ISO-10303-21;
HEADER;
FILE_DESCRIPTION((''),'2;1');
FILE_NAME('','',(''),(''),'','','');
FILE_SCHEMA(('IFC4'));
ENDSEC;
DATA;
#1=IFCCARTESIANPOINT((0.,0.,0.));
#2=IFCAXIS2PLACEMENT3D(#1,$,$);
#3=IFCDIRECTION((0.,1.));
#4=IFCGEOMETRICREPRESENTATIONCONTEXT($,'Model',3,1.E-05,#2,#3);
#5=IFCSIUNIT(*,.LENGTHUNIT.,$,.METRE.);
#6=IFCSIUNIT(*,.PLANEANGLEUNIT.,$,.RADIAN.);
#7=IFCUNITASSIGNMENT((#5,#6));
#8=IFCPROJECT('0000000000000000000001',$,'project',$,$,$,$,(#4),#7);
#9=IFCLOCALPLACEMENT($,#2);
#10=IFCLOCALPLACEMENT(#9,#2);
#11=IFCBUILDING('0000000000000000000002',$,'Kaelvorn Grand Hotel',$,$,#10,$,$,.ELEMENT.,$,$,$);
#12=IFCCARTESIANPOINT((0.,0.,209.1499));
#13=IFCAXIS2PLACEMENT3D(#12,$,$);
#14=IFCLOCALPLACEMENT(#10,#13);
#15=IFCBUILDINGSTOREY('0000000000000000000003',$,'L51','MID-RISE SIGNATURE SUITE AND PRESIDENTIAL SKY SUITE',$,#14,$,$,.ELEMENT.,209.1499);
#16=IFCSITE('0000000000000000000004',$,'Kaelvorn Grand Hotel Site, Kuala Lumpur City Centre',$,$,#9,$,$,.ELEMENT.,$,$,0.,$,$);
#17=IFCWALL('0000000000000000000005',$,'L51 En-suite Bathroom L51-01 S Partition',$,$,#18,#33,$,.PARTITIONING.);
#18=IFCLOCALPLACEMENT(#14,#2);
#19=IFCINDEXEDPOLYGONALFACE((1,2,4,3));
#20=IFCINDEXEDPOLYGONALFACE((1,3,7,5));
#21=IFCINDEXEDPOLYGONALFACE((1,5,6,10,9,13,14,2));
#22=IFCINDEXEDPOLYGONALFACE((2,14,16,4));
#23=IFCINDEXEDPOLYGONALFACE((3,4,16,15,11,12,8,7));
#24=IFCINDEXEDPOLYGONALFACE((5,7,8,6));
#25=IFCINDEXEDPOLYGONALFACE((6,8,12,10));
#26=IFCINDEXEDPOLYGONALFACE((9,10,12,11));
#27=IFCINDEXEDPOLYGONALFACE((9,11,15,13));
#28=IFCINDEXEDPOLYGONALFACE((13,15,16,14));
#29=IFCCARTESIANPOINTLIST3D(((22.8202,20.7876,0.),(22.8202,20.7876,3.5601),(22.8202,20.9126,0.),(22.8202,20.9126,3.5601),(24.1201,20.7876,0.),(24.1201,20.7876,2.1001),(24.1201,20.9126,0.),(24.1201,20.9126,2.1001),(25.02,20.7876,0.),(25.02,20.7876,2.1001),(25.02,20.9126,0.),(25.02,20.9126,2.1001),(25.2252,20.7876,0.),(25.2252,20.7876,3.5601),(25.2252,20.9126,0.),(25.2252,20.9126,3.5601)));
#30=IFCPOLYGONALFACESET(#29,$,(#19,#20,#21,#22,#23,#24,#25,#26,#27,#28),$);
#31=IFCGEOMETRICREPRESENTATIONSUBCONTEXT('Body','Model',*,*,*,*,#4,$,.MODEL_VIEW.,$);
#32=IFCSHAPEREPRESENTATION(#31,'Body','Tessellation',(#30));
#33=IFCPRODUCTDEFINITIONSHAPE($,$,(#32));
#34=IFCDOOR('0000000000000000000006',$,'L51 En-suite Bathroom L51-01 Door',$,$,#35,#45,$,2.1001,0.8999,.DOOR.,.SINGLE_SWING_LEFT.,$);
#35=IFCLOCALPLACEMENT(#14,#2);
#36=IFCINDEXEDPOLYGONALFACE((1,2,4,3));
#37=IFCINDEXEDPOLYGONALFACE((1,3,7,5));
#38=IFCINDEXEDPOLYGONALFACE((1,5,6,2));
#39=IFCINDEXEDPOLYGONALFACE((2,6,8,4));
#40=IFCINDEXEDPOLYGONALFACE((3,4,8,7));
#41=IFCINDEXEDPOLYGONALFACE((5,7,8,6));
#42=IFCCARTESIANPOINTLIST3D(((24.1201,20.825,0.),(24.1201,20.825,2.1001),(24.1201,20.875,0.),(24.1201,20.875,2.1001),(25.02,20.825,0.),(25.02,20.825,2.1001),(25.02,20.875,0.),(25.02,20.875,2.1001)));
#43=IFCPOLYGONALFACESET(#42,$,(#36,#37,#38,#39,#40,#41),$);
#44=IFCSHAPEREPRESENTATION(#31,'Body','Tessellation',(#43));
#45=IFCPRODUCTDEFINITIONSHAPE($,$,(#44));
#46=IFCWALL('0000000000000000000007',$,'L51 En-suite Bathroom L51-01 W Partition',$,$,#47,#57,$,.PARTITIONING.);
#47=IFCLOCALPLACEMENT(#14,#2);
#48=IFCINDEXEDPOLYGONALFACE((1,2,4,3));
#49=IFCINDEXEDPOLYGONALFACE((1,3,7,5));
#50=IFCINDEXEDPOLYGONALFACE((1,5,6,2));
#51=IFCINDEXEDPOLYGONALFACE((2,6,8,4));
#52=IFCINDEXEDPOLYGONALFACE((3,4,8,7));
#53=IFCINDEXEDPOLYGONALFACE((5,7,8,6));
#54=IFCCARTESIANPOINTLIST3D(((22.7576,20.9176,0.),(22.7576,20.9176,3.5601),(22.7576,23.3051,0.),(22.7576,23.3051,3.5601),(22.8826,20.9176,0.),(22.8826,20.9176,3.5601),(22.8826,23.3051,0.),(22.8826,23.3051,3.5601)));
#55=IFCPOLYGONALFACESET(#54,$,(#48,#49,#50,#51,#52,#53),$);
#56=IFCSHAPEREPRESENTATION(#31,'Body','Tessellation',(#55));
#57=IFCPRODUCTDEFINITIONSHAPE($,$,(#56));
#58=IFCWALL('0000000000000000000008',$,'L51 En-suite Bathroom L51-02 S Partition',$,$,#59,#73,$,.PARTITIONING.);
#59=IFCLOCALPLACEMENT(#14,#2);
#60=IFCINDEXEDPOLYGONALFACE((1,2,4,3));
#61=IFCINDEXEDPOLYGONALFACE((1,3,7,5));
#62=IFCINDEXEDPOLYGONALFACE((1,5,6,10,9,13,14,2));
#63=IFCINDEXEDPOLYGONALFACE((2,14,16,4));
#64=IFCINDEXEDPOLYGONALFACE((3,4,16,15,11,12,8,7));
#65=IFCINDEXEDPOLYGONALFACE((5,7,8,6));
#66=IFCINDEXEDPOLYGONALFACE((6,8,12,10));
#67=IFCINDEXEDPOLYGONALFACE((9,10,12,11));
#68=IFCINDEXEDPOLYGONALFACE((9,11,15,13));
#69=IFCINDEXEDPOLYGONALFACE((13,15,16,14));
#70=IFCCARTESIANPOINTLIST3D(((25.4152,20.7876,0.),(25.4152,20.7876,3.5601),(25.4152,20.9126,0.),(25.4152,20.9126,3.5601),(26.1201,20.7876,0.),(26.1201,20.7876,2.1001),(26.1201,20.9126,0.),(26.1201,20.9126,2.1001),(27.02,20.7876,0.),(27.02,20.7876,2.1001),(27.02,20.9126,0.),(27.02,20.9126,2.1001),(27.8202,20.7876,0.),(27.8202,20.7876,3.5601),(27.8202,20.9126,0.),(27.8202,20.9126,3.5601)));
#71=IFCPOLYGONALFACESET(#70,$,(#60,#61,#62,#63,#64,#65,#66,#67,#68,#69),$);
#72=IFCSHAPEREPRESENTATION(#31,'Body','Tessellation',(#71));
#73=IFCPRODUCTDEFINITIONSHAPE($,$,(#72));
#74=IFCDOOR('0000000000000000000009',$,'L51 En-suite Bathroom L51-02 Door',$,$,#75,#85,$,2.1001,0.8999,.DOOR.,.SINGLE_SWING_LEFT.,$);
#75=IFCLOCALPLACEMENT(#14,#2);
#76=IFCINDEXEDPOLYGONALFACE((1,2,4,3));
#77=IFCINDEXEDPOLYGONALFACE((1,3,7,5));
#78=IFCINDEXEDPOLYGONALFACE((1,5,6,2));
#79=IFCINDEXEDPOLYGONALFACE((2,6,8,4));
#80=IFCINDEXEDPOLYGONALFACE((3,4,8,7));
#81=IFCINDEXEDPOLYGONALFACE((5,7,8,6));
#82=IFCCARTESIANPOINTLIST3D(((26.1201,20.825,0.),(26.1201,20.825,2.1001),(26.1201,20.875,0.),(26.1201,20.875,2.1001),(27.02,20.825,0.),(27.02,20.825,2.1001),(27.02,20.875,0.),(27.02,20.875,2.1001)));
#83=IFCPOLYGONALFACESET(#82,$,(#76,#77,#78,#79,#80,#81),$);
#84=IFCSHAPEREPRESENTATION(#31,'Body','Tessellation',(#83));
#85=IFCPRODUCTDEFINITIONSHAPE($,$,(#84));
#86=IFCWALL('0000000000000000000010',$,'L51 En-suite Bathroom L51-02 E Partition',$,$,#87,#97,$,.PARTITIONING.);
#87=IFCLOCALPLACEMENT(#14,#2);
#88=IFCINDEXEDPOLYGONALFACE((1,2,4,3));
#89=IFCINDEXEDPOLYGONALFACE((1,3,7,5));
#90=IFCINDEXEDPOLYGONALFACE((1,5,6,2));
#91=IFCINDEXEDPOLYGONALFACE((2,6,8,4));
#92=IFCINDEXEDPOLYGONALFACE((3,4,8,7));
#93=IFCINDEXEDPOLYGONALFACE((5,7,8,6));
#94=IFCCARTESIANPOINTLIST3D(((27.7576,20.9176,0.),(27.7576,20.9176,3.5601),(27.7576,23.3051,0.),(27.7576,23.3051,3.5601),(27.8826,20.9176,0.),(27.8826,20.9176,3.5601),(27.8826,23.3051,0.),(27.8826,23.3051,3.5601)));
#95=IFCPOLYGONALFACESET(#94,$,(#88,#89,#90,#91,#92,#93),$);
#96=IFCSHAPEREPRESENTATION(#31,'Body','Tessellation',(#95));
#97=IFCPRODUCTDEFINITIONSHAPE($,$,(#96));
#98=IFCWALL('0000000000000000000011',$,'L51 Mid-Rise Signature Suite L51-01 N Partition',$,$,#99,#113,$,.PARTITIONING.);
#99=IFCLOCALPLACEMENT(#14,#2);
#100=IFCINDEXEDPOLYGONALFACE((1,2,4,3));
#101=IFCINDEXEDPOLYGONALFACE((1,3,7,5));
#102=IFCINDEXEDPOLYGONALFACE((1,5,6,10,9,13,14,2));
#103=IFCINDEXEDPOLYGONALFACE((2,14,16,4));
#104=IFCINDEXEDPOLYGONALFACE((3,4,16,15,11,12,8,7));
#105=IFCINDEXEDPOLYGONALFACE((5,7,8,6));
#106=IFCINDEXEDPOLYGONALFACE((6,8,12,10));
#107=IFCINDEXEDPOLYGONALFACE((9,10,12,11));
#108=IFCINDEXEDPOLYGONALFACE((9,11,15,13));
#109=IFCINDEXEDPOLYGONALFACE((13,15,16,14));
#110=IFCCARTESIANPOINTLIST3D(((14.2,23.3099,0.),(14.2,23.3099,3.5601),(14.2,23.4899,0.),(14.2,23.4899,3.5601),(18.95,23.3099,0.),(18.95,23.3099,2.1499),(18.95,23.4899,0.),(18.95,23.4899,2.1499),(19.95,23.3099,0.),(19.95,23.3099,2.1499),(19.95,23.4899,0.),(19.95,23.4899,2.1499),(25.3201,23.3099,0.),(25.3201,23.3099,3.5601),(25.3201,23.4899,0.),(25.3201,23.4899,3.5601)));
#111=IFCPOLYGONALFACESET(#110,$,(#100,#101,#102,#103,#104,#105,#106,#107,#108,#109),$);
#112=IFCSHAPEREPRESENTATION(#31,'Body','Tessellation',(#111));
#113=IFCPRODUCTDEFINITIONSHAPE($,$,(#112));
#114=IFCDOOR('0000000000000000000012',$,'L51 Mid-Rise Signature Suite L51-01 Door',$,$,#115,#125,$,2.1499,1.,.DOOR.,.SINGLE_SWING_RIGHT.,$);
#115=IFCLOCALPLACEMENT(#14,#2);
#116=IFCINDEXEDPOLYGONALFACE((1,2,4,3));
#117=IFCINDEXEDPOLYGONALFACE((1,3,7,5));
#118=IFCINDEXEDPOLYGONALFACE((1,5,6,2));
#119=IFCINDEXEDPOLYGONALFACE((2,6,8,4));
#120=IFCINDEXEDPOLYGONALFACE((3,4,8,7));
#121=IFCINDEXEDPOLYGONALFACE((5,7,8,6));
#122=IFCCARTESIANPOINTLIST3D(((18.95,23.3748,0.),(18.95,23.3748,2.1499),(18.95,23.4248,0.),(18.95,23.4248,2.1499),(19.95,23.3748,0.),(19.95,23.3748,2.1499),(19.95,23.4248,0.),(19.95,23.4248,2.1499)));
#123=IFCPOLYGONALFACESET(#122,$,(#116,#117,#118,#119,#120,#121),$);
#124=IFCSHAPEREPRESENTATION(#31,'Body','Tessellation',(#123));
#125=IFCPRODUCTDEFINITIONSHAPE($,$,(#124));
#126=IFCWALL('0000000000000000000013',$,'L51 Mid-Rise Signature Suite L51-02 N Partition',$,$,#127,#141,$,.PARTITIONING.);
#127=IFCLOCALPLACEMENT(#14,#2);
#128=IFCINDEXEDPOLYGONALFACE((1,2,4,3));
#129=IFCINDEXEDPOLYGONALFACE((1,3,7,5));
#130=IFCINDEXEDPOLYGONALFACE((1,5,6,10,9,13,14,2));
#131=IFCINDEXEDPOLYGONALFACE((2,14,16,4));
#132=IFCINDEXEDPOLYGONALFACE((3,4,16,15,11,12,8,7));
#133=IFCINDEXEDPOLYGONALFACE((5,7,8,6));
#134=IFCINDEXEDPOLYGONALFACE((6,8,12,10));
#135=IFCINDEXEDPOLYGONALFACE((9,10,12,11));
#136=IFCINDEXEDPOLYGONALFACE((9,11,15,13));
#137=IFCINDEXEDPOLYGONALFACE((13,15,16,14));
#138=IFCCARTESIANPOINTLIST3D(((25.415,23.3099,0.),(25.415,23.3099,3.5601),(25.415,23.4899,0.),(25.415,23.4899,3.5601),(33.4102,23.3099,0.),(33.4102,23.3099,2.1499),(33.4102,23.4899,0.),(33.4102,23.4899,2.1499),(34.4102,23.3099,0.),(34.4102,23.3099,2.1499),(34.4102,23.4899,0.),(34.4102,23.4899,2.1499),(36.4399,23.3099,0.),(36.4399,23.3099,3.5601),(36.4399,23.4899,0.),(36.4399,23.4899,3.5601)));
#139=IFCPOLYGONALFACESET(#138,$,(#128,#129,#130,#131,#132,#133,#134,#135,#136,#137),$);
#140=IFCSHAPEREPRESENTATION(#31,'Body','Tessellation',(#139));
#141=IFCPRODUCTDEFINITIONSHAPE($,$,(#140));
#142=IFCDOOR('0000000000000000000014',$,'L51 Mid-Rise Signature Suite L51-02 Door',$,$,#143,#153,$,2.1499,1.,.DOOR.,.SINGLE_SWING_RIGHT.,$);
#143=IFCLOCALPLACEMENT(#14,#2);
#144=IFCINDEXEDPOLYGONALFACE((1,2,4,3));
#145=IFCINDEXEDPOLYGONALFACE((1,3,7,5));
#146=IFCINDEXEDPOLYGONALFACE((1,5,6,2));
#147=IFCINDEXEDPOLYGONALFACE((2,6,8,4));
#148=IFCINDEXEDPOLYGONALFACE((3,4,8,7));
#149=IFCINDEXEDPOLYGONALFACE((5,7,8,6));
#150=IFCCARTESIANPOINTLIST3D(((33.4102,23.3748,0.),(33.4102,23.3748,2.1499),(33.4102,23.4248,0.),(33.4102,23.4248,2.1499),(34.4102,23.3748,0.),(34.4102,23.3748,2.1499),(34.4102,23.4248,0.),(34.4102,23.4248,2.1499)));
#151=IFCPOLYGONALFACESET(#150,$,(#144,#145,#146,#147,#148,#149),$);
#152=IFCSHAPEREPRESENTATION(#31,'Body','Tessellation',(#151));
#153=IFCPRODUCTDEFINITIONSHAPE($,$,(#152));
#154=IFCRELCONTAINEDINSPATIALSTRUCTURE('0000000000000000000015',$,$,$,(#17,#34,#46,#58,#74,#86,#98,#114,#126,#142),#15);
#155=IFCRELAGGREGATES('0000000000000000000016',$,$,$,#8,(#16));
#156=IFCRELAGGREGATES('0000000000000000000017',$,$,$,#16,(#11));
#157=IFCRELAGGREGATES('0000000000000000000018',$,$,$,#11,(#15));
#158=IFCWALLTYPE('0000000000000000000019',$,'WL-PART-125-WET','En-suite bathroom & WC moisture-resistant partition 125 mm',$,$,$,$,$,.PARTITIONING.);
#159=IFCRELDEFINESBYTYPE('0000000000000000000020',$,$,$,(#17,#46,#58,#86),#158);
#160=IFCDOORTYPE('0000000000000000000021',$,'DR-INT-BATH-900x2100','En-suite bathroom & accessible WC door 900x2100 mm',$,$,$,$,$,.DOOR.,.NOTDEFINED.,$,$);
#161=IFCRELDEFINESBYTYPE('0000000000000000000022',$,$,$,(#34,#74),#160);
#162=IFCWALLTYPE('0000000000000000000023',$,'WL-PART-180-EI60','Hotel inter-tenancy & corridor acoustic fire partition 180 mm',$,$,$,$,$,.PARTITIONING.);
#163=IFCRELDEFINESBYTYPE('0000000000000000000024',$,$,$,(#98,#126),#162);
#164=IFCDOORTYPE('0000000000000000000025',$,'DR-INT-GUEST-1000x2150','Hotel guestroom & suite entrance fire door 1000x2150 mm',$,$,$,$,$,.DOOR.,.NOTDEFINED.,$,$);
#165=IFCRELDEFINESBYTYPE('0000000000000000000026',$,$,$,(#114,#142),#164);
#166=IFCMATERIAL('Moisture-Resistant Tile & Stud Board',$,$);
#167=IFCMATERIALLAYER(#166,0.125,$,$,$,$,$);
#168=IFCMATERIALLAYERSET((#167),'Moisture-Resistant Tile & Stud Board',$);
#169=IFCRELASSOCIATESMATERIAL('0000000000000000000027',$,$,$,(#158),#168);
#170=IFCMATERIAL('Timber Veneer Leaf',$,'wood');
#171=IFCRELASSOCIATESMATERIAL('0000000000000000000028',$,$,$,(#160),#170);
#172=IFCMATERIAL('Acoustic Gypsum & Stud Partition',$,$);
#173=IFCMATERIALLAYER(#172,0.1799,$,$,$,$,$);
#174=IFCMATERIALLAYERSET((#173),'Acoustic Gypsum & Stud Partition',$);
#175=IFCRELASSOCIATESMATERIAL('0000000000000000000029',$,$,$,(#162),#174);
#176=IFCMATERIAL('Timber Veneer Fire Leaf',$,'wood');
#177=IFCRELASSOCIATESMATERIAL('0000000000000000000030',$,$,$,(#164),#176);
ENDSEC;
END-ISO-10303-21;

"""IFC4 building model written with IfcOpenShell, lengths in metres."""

from ifc_helpers import new_model, si_unit, direction, frame, frame_2d, origin, place, context, subcontext, project, spatial, rectangle, extrude, material, layer, layer_set, type_object, element, fill, save


model = new_model("IFC4")

# Units and contexts
model_context = context("Model", 3, precision=1e-05, world=origin(), true_north=direction((0.0, 1.0)))
body_context = subcontext(model_context, "Body", "Model", "MODEL_VIEW")
ifc_project = project(units=[si_unit("LENGTHUNIT", "METRE"), si_unit("PLANEANGLEUNIT", "RADIAN")], contexts=[model_context])

# Site, building, storey
site_placement = place(None, origin())
site = spatial("IfcSite", under=ifc_project, at=site_placement, Name="Kaelvorn Grand Hotel Site, Kuala Lumpur City Centre", CompositionType="ELEMENT", RefElevation=0.0)
building_placement = place(site_placement, origin())
building = spatial("IfcBuilding", under=site, at=building_placement, Name="Kaelvorn Grand Hotel", CompositionType="ELEMENT")
storey_placement = place(building_placement, frame((0.0, 0.0, 209.1499)))
storey = spatial("IfcBuildingStorey", under=building, at=storey_placement, Name="L51", Description="MID-RISE SIGNATURE SUITE AND PRESIDENTIAL SKY SUITE", CompositionType="ELEMENT", Elevation=209.1499)

# Wall, opening, door
ifc_material_1 = material(Name="Moisture-Resistant Tile & Stud Board")
ifc_layer_1 = layer(ifc_material_1, 0.125)
ifc_layer_set_1 = layer_set([ifc_layer_1], Name="Moisture-Resistant Tile & Stud Board")
wall_type_1 = type_object("IfcWallType", Name="WL-PART-125-WET", Description="En-suite bathroom & WC moisture-resistant partition 125 mm", PredefinedType="PARTITIONING", material=ifc_layer_set_1)
wall_1_placement = place(storey_placement, frame((22.8201, 20.8501, 0.0), z_axis=(0.0, 0.0, 1.0), x_axis=(1.0, 0.0, 0.0)))
wall_1 = element("IfcWall", 1, at=wall_1_placement, inside=storey, type_object=wall_type_1, Name="L51 En-suite Bathroom L51-01 S Partition", PredefinedType="PARTITIONING", context=body_context, shape_type="SweptSolid", body=[
    extrude(rectangle(XDim=2.405, YDim=0.125, at=frame_2d((1.2026, 0.0))), origin(), (0.0, 0.0, 1.0), 3.5601),
])
opening_1_placement = place(wall_1_placement, frame((1.3, 0.0, 0.0)))
opening_1 = element("IfcOpeningElement", 2, at=opening_1_placement, cuts=wall_1, PredefinedType="OPENING", context=body_context, shape_type="SweptSolid", body=[
    extrude(rectangle(XDim=0.8999, YDim=2.1001, at=frame_2d((0.45, 1.05))), frame((0.0, 0.0725, 0.0), z_axis=(0.0, -1.0, 0.0), x_axis=(1.0, 0.0, 0.0)), (0.0, 0.0, 1.0), 0.145),
])
ifc_material_2 = material(Name="Timber Veneer Leaf", Category="wood")
door_type_1 = type_object("IfcDoorType", Name="DR-INT-BATH-900x2100", Description="En-suite bathroom & accessible WC door 900x2100 mm", OperationType="NOTDEFINED", PredefinedType="DOOR", material=ifc_material_2)
door_1_placement = place(opening_1_placement, origin())
door_1 = element("IfcDoor", 3, at=door_1_placement, inside=storey, type_object=door_type_1, Name="L51 En-suite Bathroom L51-01 Door", OperationType="SINGLE_SWING_LEFT", OverallHeight=2.1001, OverallWidth=0.8999, PredefinedType="DOOR", context=body_context, shape_type="SweptSolid", body=[
    extrude(rectangle(XDim=0.8999, YDim=2.1001, at=frame_2d((0.45, 1.05))), frame((0.0, 0.0249, 0.0), z_axis=(0.0, -1.0, 0.0), x_axis=(1.0, 0.0, 0.0)), (0.0, 0.0, 1.0), 0.05),
])
fill(opening_1, door_1)

# Wall
wall_2_placement = place(storey_placement, frame((22.8201, 20.9175, 0.0), z_axis=(0.0, 0.0, 1.0), x_axis=(0.0, 1.0, 0.0)))
element("IfcWall", 4, at=wall_2_placement, inside=storey, type_object=wall_type_1, Name="L51 En-suite Bathroom L51-01 W Partition", PredefinedType="PARTITIONING", context=body_context, shape_type="SweptSolid", body=[
    extrude(rectangle(XDim=2.3875, YDim=0.125, at=frame_2d((1.1938, 0.0))), origin(), (0.0, 0.0, 1.0), 3.5601),
])

# Wall, opening, door
wall_3_placement = place(storey_placement, frame((25.415, 20.8501, 0.0), z_axis=(0.0, 0.0, 1.0), x_axis=(1.0, 0.0, 0.0)))
wall_3 = element("IfcWall", 5, at=wall_3_placement, inside=storey, type_object=wall_type_1, Name="L51 En-suite Bathroom L51-02 S Partition", PredefinedType="PARTITIONING", context=body_context, shape_type="SweptSolid", body=[
    extrude(rectangle(XDim=2.405, YDim=0.125, at=frame_2d((1.2026, 0.0))), origin(), (0.0, 0.0, 1.0), 3.5601),
])
opening_2_placement = place(wall_3_placement, frame((0.7051, 0.0, 0.0)))
opening_2 = element("IfcOpeningElement", 6, at=opening_2_placement, cuts=wall_3, PredefinedType="OPENING", context=body_context, shape_type="SweptSolid", body=[
    extrude(rectangle(XDim=0.8999, YDim=2.1001, at=frame_2d((0.45, 1.05))), frame((0.0, 0.0725, 0.0), z_axis=(0.0, -1.0, 0.0), x_axis=(1.0, 0.0, 0.0)), (0.0, 0.0, 1.0), 0.145),
])
door_2_placement = place(opening_2_placement, origin())
door_2 = element("IfcDoor", 7, at=door_2_placement, inside=storey, type_object=door_type_1, Name="L51 En-suite Bathroom L51-02 Door", OperationType="SINGLE_SWING_LEFT", OverallHeight=2.1001, OverallWidth=0.8999, PredefinedType="DOOR", context=body_context, shape_type="SweptSolid", body=[
    extrude(rectangle(XDim=0.8999, YDim=2.1001, at=frame_2d((0.45, 1.05))), frame((0.0, 0.0249, 0.0), z_axis=(0.0, -1.0, 0.0), x_axis=(1.0, 0.0, 0.0)), (0.0, 0.0, 1.0), 0.05),
])
fill(opening_2, door_2)

# Wall
wall_4_placement = place(storey_placement, frame((27.8201, 20.9175, 0.0), z_axis=(0.0, 0.0, 1.0), x_axis=(0.0, 1.0, 0.0)))
element("IfcWall", 8, at=wall_4_placement, inside=storey, type_object=wall_type_1, Name="L51 En-suite Bathroom L51-02 E Partition", PredefinedType="PARTITIONING", context=body_context, shape_type="SweptSolid", body=[
    extrude(rectangle(XDim=2.3875, YDim=0.125, at=frame_2d((1.1938, 0.0))), origin(), (0.0, 0.0, 1.0), 3.5601),
])

# Walls, openings, doors
ifc_material_3 = material(Name="Acoustic Gypsum & Stud Partition")
ifc_layer_2 = layer(ifc_material_3, 0.1799)
ifc_layer_set_2 = layer_set([ifc_layer_2], Name="Acoustic Gypsum & Stud Partition")
wall_type_2 = type_object("IfcWallType", Name="WL-PART-180-EI60", Description="Hotel inter-tenancy & corridor acoustic fire partition 180 mm", PredefinedType="PARTITIONING", material=ifc_layer_set_2)
wall_5_placement = place(storey_placement, frame((14.2, 23.3999, 0.0), z_axis=(0.0, 0.0, 1.0), x_axis=(1.0, 0.0, 0.0)))
wall_5 = element("IfcWall", 9, at=wall_5_placement, inside=storey, type_object=wall_type_2, Name="L51 Mid-Rise Signature Suite L51-01 N Partition", PredefinedType="PARTITIONING", context=body_context, shape_type="SweptSolid", body=[
    extrude(rectangle(XDim=11.1201, YDim=0.1799, at=frame_2d((5.5601, 0.0))), origin(), (0.0, 0.0, 1.0), 3.5601),
])
opening_3_placement = place(wall_5_placement, frame((4.75, 0.0, 0.0)))
opening_3 = element("IfcOpeningElement", 10, at=opening_3_placement, cuts=wall_5, PredefinedType="OPENING", context=body_context, shape_type="SweptSolid", body=[
    extrude(rectangle(XDim=1.0, YDim=2.1499, at=frame_2d((0.5, 1.075))), frame((0.0, 0.1001, 0.0), z_axis=(0.0, -1.0, 0.0), x_axis=(1.0, 0.0, 0.0)), (0.0, 0.0, 1.0), 0.2),
])
ifc_material_4 = material(Name="Timber Veneer Fire Leaf", Category="wood")
door_type_2 = type_object("IfcDoorType", Name="DR-INT-GUEST-1000x2150", Description="Hotel guestroom & suite entrance fire door 1000x2150 mm", OperationType="NOTDEFINED", PredefinedType="DOOR", material=ifc_material_4)
door_3_placement = place(opening_3_placement, origin())
door_3 = element("IfcDoor", 11, at=door_3_placement, inside=storey, type_object=door_type_2, Name="L51 Mid-Rise Signature Suite L51-01 Door", OperationType="SINGLE_SWING_RIGHT", OverallHeight=2.1499, OverallWidth=1.0, PredefinedType="DOOR", context=body_context, shape_type="SweptSolid", body=[
    extrude(rectangle(XDim=1.0, YDim=2.1499, at=frame_2d((0.5, 1.075))), frame((0.0, 0.0249, 0.0), z_axis=(0.0, -1.0, 0.0), x_axis=(1.0, 0.0, 0.0)), (0.0, 0.0, 1.0), 0.05),
])
fill(opening_3, door_3)
wall_6_placement = place(storey_placement, frame((25.415, 23.3999, 0.0), z_axis=(0.0, 0.0, 1.0), x_axis=(1.0, 0.0, 0.0)))
wall_6 = element("IfcWall", 12, at=wall_6_placement, inside=storey, type_object=wall_type_2, Name="L51 Mid-Rise Signature Suite L51-02 N Partition", PredefinedType="PARTITIONING", context=body_context, shape_type="SweptSolid", body=[
    extrude(rectangle(XDim=11.0249, YDim=0.1799, at=frame_2d((5.5125, 0.0))), origin(), (0.0, 0.0, 1.0), 3.5601),
])
opening_4_placement = place(wall_6_placement, frame((7.9951, 0.0, 0.0)))
opening_4 = element("IfcOpeningElement", 13, at=opening_4_placement, cuts=wall_6, PredefinedType="OPENING", context=body_context, shape_type="SweptSolid", body=[
    extrude(rectangle(XDim=1.0, YDim=2.1499, at=frame_2d((0.5, 1.075))), frame((0.0, 0.1001, 0.0), z_axis=(0.0, -1.0, 0.0), x_axis=(1.0, 0.0, 0.0)), (0.0, 0.0, 1.0), 0.2),
])
door_4_placement = place(opening_4_placement, origin())
door_4 = element("IfcDoor", 14, at=door_4_placement, inside=storey, type_object=door_type_2, Name="L51 Mid-Rise Signature Suite L51-02 Door", OperationType="SINGLE_SWING_RIGHT", OverallHeight=2.1499, OverallWidth=1.0, PredefinedType="DOOR", context=body_context, shape_type="SweptSolid", body=[
    extrude(rectangle(XDim=1.0, YDim=2.1499, at=frame_2d((0.5, 1.075))), frame((0.0, 0.0249, 0.0), z_axis=(0.0, -1.0, 0.0), x_axis=(1.0, 0.0, 0.0)), (0.0, 0.0, 1.0), 0.05),
])
fill(opening_4, door_4)

save(model, "model.ifc")
